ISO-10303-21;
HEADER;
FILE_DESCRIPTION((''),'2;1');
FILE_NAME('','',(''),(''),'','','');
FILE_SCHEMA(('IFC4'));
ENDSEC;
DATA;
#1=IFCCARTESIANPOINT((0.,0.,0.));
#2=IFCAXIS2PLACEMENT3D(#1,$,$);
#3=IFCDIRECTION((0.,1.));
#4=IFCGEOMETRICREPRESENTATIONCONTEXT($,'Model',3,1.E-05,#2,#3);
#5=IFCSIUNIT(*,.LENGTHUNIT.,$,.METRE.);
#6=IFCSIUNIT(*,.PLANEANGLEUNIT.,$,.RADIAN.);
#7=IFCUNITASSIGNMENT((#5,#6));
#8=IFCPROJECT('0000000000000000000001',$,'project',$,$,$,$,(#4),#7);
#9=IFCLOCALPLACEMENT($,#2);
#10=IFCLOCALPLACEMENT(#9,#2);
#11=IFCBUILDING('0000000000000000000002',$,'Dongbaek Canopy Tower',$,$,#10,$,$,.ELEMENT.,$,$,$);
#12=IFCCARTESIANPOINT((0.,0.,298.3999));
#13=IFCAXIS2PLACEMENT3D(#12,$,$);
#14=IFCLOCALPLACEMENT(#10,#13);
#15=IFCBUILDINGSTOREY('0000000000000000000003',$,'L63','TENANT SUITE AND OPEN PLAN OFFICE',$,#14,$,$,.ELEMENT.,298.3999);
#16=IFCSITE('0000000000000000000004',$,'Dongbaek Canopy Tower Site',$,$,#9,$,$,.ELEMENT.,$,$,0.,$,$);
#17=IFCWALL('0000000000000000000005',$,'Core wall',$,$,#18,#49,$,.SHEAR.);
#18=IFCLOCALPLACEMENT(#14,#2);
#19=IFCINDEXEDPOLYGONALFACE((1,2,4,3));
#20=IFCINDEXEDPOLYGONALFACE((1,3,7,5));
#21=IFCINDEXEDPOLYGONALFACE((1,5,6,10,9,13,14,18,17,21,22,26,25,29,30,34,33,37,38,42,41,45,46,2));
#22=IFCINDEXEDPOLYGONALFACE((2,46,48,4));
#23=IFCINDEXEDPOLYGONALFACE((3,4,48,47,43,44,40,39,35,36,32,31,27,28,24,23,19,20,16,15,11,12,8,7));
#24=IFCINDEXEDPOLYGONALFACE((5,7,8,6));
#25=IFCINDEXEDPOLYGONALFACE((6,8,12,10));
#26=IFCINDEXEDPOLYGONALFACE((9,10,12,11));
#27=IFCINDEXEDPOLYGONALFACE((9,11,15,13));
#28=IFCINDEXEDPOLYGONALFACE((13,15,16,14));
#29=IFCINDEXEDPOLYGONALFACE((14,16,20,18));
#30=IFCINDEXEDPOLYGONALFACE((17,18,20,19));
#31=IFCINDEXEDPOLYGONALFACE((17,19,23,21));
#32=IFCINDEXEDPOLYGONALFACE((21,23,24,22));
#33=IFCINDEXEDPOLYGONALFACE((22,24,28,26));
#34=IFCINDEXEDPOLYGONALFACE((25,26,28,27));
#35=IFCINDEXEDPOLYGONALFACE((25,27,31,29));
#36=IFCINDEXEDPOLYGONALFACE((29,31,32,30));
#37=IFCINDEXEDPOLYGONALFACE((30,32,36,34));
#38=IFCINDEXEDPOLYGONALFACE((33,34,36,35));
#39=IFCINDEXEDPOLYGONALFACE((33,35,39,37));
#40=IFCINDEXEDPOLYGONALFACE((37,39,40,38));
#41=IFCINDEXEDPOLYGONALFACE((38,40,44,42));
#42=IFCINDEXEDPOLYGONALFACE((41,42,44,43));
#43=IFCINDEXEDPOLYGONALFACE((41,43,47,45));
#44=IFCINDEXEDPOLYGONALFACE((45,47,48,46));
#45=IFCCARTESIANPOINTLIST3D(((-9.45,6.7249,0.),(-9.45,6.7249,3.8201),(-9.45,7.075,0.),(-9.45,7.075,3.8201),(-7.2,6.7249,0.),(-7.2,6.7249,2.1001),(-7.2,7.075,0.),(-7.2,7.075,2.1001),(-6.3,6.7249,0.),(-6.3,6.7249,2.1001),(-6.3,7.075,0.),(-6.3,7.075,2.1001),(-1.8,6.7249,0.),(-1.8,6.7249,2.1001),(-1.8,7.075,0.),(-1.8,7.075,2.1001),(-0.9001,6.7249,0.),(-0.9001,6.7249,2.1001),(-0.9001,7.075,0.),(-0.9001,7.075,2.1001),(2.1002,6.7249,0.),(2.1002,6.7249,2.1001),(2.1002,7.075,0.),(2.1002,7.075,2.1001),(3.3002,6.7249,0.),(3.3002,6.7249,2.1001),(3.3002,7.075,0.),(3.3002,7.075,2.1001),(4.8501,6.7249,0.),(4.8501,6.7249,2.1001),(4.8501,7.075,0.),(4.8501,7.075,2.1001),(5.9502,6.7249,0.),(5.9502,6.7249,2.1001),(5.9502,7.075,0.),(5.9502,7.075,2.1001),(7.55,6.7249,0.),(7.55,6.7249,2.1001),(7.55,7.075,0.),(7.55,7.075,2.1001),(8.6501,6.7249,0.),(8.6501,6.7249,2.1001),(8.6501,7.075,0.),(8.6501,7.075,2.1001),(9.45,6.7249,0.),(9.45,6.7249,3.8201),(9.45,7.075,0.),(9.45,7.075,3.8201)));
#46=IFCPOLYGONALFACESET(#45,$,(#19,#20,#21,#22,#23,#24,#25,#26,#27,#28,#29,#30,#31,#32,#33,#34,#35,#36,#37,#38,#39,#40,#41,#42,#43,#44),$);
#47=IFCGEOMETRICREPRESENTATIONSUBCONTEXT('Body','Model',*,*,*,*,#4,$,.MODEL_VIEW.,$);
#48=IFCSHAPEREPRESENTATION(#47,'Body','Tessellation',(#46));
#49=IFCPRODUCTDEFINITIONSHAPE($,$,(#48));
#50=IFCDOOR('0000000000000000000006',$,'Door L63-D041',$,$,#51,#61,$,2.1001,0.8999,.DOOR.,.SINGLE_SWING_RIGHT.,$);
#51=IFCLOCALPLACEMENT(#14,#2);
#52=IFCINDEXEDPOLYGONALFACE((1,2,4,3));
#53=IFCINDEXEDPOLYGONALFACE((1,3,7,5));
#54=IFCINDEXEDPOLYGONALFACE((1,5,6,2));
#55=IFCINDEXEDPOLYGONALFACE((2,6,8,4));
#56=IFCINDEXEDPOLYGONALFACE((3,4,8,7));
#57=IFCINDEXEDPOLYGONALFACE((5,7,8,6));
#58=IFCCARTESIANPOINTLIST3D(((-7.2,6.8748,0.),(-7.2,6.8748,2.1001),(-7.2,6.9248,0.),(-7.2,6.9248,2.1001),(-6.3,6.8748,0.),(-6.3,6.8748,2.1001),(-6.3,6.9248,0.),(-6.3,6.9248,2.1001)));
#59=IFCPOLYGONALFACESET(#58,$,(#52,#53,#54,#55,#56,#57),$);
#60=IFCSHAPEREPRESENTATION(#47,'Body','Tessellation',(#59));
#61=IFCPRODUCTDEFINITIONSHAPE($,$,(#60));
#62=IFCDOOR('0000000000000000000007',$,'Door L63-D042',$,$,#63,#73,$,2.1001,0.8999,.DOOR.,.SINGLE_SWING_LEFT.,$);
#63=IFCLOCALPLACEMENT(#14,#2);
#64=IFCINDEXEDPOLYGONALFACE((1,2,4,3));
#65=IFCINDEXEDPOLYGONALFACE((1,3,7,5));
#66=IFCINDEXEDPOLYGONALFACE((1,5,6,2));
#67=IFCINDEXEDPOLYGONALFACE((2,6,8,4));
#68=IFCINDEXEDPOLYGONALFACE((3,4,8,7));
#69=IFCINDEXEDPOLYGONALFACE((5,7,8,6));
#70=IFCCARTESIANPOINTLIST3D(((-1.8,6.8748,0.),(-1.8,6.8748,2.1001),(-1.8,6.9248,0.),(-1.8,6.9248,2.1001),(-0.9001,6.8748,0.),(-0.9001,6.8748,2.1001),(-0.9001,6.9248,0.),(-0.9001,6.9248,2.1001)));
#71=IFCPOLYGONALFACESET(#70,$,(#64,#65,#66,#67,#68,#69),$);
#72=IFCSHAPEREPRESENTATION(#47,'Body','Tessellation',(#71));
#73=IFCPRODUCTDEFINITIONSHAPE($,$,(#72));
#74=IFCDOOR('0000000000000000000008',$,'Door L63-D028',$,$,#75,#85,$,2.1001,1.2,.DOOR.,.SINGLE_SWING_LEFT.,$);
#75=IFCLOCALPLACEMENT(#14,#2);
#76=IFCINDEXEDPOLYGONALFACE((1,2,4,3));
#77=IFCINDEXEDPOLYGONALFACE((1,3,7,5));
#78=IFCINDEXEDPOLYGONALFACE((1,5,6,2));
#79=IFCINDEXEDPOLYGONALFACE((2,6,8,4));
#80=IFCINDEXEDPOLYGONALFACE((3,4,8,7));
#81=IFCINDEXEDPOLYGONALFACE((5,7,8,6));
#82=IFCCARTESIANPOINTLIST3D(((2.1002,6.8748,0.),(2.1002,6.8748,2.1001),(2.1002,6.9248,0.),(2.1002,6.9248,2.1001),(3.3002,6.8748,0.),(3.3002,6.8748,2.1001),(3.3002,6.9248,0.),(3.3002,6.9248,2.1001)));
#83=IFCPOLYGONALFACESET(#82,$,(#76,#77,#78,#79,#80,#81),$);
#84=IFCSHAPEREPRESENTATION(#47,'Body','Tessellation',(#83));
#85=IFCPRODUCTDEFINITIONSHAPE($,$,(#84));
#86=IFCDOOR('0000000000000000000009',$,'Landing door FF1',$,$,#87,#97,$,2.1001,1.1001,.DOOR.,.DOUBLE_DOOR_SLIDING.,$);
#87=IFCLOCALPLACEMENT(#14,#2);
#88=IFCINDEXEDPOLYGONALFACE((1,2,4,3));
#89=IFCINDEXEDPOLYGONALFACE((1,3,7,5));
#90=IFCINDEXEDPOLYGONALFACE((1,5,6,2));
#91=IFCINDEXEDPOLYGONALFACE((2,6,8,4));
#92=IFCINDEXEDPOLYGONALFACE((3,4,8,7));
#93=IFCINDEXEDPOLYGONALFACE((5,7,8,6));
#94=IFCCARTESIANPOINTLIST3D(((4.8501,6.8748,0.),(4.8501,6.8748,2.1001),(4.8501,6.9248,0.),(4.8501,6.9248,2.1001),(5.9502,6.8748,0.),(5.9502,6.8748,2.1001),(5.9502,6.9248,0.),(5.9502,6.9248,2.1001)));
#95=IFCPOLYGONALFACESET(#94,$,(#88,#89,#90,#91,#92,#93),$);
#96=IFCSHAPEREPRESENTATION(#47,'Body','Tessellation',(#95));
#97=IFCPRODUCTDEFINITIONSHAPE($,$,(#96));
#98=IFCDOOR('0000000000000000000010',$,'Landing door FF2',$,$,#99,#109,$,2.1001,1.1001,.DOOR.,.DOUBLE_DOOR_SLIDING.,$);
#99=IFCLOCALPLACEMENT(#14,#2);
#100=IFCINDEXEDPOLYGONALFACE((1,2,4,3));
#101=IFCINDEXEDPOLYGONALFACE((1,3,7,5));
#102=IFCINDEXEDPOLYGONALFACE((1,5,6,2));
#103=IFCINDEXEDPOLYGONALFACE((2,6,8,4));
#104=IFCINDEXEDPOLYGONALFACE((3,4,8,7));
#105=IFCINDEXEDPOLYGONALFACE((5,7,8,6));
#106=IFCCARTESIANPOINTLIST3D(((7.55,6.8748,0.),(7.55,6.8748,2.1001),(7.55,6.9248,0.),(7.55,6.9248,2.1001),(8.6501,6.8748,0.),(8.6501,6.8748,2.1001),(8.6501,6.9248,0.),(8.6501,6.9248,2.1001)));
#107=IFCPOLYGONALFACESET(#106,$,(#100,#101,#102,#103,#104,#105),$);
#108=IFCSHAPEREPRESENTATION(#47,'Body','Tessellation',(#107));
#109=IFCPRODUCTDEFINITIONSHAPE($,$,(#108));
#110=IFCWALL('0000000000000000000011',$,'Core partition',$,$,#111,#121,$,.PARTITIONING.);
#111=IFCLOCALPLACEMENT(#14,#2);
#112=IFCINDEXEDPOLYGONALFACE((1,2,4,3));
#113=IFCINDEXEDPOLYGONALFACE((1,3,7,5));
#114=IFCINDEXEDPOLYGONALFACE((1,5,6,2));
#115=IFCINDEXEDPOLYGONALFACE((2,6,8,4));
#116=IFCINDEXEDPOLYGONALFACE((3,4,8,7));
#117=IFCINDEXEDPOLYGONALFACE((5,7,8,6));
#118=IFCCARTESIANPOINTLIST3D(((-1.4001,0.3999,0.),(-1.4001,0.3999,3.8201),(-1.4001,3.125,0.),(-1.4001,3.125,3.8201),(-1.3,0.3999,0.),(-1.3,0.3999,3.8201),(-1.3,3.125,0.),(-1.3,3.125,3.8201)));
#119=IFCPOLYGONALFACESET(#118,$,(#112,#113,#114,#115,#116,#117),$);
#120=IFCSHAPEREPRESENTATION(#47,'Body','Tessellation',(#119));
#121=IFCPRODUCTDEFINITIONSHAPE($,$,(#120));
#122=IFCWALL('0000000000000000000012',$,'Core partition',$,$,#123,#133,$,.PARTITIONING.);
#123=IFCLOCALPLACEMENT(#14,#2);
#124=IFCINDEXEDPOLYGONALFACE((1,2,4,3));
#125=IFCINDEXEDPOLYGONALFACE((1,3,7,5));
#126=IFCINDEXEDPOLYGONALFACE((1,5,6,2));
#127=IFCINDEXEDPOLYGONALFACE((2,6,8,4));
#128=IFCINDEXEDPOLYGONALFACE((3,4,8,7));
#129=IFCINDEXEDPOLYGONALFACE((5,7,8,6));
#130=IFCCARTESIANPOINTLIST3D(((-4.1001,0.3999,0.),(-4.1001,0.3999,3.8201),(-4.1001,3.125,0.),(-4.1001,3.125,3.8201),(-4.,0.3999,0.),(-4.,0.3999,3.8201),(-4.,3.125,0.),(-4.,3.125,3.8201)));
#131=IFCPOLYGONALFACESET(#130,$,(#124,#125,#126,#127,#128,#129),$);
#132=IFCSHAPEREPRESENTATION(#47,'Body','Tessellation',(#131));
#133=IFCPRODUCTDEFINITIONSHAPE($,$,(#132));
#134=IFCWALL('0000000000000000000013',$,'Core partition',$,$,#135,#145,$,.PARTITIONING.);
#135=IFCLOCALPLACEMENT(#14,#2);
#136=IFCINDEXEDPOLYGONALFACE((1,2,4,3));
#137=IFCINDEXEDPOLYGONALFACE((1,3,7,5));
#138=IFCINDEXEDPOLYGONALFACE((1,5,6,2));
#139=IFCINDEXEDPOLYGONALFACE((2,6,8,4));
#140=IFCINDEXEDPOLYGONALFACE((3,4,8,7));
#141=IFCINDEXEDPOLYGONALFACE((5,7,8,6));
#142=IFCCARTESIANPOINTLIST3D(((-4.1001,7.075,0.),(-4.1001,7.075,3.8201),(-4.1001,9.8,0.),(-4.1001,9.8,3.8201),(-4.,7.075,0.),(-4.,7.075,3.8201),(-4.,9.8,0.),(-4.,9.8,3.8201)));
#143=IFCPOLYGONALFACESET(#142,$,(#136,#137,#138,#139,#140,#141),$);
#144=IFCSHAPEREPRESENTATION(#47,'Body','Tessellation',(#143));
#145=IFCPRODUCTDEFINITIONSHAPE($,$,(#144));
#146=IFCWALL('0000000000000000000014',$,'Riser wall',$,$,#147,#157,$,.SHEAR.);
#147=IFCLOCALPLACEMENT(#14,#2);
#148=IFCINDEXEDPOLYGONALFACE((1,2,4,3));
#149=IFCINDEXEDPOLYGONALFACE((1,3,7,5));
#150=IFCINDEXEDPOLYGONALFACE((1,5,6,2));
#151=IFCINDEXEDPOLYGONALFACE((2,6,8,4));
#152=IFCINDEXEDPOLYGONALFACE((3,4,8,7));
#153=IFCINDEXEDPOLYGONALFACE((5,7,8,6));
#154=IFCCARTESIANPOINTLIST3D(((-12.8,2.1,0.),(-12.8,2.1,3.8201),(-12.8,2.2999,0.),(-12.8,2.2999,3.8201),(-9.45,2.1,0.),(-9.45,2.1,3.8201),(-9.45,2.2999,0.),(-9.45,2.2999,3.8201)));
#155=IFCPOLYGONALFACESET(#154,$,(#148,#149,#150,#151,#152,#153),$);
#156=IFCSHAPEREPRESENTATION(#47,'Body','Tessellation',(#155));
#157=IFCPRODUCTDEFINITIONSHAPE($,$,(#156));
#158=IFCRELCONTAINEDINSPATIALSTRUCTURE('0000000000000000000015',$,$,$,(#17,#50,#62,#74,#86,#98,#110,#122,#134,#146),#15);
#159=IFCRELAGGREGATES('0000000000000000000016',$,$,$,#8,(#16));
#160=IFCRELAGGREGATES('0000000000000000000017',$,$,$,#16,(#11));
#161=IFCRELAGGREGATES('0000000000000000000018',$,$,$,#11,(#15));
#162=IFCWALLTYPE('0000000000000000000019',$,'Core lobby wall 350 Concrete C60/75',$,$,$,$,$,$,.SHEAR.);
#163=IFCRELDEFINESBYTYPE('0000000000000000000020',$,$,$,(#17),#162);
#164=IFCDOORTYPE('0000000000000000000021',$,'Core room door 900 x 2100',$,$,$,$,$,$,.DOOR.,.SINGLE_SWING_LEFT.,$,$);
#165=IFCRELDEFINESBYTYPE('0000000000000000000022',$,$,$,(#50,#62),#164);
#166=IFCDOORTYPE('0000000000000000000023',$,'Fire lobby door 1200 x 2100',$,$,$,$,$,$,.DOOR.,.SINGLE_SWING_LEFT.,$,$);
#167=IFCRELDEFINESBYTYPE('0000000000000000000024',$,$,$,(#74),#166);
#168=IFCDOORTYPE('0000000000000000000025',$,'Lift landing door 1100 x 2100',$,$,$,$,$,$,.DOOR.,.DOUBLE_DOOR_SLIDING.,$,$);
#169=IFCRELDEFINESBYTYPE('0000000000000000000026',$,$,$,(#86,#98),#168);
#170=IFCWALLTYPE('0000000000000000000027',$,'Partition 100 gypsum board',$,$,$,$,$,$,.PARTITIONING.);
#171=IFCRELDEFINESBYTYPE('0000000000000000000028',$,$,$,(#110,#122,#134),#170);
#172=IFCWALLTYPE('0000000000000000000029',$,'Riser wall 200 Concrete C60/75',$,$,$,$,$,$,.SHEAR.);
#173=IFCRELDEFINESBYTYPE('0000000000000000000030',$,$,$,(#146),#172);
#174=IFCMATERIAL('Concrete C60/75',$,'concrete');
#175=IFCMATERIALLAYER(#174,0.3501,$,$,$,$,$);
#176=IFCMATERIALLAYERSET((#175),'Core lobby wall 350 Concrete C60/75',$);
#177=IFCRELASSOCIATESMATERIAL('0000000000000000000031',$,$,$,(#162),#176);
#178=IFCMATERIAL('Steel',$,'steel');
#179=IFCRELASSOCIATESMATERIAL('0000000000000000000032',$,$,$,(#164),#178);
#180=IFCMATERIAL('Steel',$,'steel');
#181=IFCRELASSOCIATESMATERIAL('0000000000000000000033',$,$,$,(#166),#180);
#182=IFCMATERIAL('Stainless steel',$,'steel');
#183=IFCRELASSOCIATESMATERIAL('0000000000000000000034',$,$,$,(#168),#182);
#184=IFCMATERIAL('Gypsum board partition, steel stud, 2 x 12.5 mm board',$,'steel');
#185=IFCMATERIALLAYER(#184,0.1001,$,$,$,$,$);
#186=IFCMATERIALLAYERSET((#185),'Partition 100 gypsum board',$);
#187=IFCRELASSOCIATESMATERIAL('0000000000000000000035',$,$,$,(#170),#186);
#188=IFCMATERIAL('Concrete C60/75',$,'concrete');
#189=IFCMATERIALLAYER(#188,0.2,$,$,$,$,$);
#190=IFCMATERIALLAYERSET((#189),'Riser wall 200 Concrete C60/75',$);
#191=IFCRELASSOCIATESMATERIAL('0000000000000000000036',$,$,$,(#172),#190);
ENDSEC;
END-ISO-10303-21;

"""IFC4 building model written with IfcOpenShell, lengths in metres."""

from ifc_helpers import new_model, si_unit, direction, frame, frame_2d, origin, place, context, subcontext, project, spatial, rectangle, extrude, material, layer, layer_set, type_object, element, fill, save


model = new_model("IFC4")

# Units and contexts
model_context = context("Model", 3, precision=1e-05, world=origin(), true_north=direction((0.0, 1.0)))
body_context = subcontext(model_context, "Body", "Model", "MODEL_VIEW")
ifc_project = project(units=[si_unit("LENGTHUNIT", "METRE"), si_unit("PLANEANGLEUNIT", "RADIAN")], contexts=[model_context])

# Site, building, storey
site_placement = place(None, origin())
site = spatial("IfcSite", under=ifc_project, at=site_placement, Name="Dongbaek Canopy Tower Site", CompositionType="ELEMENT", RefElevation=0.0)
building_placement = place(site_placement, origin())
building = spatial("IfcBuilding", under=site, at=building_placement, Name="Dongbaek Canopy Tower", CompositionType="ELEMENT")
storey_placement = place(building_placement, frame((0.0, 0.0, 298.3999)))
storey = spatial("IfcBuildingStorey", under=building, at=storey_placement, Name="L63", Description="TENANT SUITE AND OPEN PLAN OFFICE", CompositionType="ELEMENT", Elevation=298.3999)

# Wall, openings, doors
ifc_material_1 = material(Name="Concrete C60/75", Category="concrete")
ifc_layer_1 = layer(ifc_material_1, 0.3501)
ifc_layer_set_1 = layer_set([ifc_layer_1], Name="Core lobby wall 350 Concrete C60/75")
wall_type_1 = type_object("IfcWallType", Name="Core lobby wall 350 Concrete C60/75", PredefinedType="SHEAR", material=ifc_layer_set_1)
wall_1_placement = place(storey_placement, frame((-9.45, 6.8999, 0.0), z_axis=(0.0, 0.0, 1.0), x_axis=(1.0, 0.0, 0.0)))
wall_1 = element("IfcWall", 1, at=wall_1_placement, inside=storey, type_object=wall_type_1, Name="Core wall", PredefinedType="SHEAR", context=body_context, shape_type="SweptSolid", body=[
    extrude(rectangle(XDim=18.8999, YDim=0.3501, at=frame_2d((9.45, 0.0))), origin(), (0.0, 0.0, 1.0), 3.8201),
])
opening_1_placement = place(wall_1_placement, frame((11.55, 0.0, 0.0)))
opening_1 = element("IfcOpeningElement", 2, at=opening_1_placement, cuts=wall_1, PredefinedType="OPENING", context=body_context, shape_type="SweptSolid", body=[
    extrude(rectangle(XDim=1.2, YDim=2.1001, at=frame_2d((0.6001, 1.05))), frame((0.0, 0.1851, 0.0), z_axis=(0.0, -1.0, 0.0), x_axis=(1.0, 0.0, 0.0)), (0.0, 0.0, 1.0), 0.3701),
])
opening_2_placement = place(wall_1_placement, frame((14.3, 0.0, 0.0)))
opening_2 = element("IfcOpeningElement", 3, at=opening_2_placement, cuts=wall_1, PredefinedType="OPENING", context=body_context, shape_type="SweptSolid", body=[
    extrude(rectangle(XDim=1.1001, YDim=2.1001, at=frame_2d((0.55, 1.05))), frame((0.0, 0.1851, 0.0), z_axis=(0.0, -1.0, 0.0), x_axis=(1.0, 0.0, 0.0)), (0.0, 0.0, 1.0), 0.3701),
])
opening_3_placement = place(wall_1_placement, frame((17.0, 0.0, 0.0)))
opening_3 = element("IfcOpeningElement", 4, at=opening_3_placement, cuts=wall_1, PredefinedType="OPENING", context=body_context, shape_type="SweptSolid", body=[
    extrude(rectangle(XDim=1.1001, YDim=2.1001, at=frame_2d((0.55, 1.05))), frame((0.0, 0.1851, 0.0), z_axis=(0.0, -1.0, 0.0), x_axis=(1.0, 0.0, 0.0)), (0.0, 0.0, 1.0), 0.3701),
])
opening_4_placement = place(wall_1_placement, frame((2.25, 0.0, 0.0)))
opening_4 = element("IfcOpeningElement", 5, at=opening_4_placement, cuts=wall_1, PredefinedType="OPENING", context=body_context, shape_type="SweptSolid", body=[
    extrude(rectangle(XDim=0.8999, YDim=2.1001, at=frame_2d((0.45, 1.05))), frame((0.0, 0.1851, 0.0), z_axis=(0.0, -1.0, 0.0), x_axis=(1.0, 0.0, 0.0)), (0.0, 0.0, 1.0), 0.3701),
])
opening_5_placement = place(wall_1_placement, frame((7.6499, 0.0, 0.0)))
opening_5 = element("IfcOpeningElement", 6, at=opening_5_placement, cuts=wall_1, PredefinedType="OPENING", context=body_context, shape_type="SweptSolid", body=[
    extrude(rectangle(XDim=0.8999, YDim=2.1001, at=frame_2d((0.45, 1.05))), frame((0.0, 0.1851, 0.0), z_axis=(0.0, -1.0, 0.0), x_axis=(1.0, 0.0, 0.0)), (0.0, 0.0, 1.0), 0.3701),
])
ifc_material_2 = material(Name="Steel", Category="steel")
door_type_1 = type_object("IfcDoorType", Name="Core room door 900 x 2100", OperationType="SINGLE_SWING_LEFT", PredefinedType="DOOR", material=ifc_material_2)
door_1_placement = place(opening_4_placement, origin())
door_1 = element("IfcDoor", 7, at=door_1_placement, inside=storey, type_object=door_type_1, Name="Door L63-D041", OperationType="SINGLE_SWING_RIGHT", OverallHeight=2.1001, OverallWidth=0.8999, PredefinedType="DOOR", context=body_context, shape_type="SweptSolid", body=[
    extrude(rectangle(XDim=0.8999, YDim=2.1001, at=frame_2d((0.45, 1.05))), frame((0.0, 0.0249, 0.0), z_axis=(0.0, -1.0, 0.0), x_axis=(1.0, 0.0, 0.0)), (0.0, 0.0, 1.0), 0.05),
])
fill(opening_4, door_1)
door_2_placement = place(opening_5_placement, origin())
door_2 = element("IfcDoor", 8, at=door_2_placement, inside=storey, type_object=door_type_1, Name="Door L63-D042", OperationType="SINGLE_SWING_LEFT", OverallHeight=2.1001, OverallWidth=0.8999, PredefinedType="DOOR", context=body_context, shape_type="SweptSolid", body=[
    extrude(rectangle(XDim=0.8999, YDim=2.1001, at=frame_2d((0.45, 1.05))), frame((0.0, 0.0249, 0.0), z_axis=(0.0, -1.0, 0.0), x_axis=(1.0, 0.0, 0.0)), (0.0, 0.0, 1.0), 0.05),
])
fill(opening_5, door_2)
ifc_material_3 = material(Name="Steel", Category="steel")
door_type_2 = type_object("IfcDoorType", Name="Fire lobby door 1200 x 2100", OperationType="SINGLE_SWING_LEFT", PredefinedType="DOOR", material=ifc_material_3)
door_3_placement = place(opening_1_placement, origin())
door_3 = element("IfcDoor", 9, at=door_3_placement, inside=storey, type_object=door_type_2, Name="Door L63-D028", OperationType="SINGLE_SWING_LEFT", OverallHeight=2.1001, OverallWidth=1.2, PredefinedType="DOOR", context=body_context, shape_type="SweptSolid", body=[
    extrude(rectangle(XDim=1.2, YDim=2.1001, at=frame_2d((0.6001, 1.05))), frame((0.0, 0.0249, 0.0), z_axis=(0.0, -1.0, 0.0), x_axis=(1.0, 0.0, 0.0)), (0.0, 0.0, 1.0), 0.05),
])
fill(opening_1, door_3)
ifc_material_4 = material(Name="Stainless steel", Category="steel")
door_type_3 = type_object("IfcDoorType", Name="Lift landing door 1100 x 2100", OperationType="DOUBLE_DOOR_SLIDING", PredefinedType="DOOR", material=ifc_material_4)
door_4_placement = place(opening_2_placement, origin())
door_4 = element("IfcDoor", 10, at=door_4_placement, inside=storey, type_object=door_type_3, Name="Landing door FF1", OperationType="DOUBLE_DOOR_SLIDING", OverallHeight=2.1001, OverallWidth=1.1001, PredefinedType="DOOR", context=body_context, shape_type="SweptSolid", body=[
    extrude(rectangle(XDim=1.1001, YDim=2.1001, at=frame_2d((0.55, 1.05))), frame((0.0, 0.0249, 0.0), z_axis=(0.0, -1.0, 0.0), x_axis=(1.0, 0.0, 0.0)), (0.0, 0.0, 1.0), 0.05),
])
fill(opening_2, door_4)
door_5_placement = place(opening_3_placement, origin())
door_5 = element("IfcDoor", 11, at=door_5_placement, inside=storey, type_object=door_type_3, Name="Landing door FF2", OperationType="DOUBLE_DOOR_SLIDING", OverallHeight=2.1001, OverallWidth=1.1001, PredefinedType="DOOR", context=body_context, shape_type="SweptSolid", body=[
    extrude(rectangle(XDim=1.1001, YDim=2.1001, at=frame_2d((0.55, 1.05))), frame((0.0, 0.0249, 0.0), z_axis=(0.0, -1.0, 0.0), x_axis=(1.0, 0.0, 0.0)), (0.0, 0.0, 1.0), 0.05),
])
fill(opening_3, door_5)

# Walls
ifc_material_5 = material(Name="Gypsum board partition, steel stud, 2 x 12.5 mm board", Category="steel")
ifc_layer_2 = layer(ifc_material_5, 0.1001)
ifc_layer_set_2 = layer_set([ifc_layer_2], Name="Partition 100 gypsum board")
wall_type_2 = type_object("IfcWallType", Name="Partition 100 gypsum board", PredefinedType="PARTITIONING", material=ifc_layer_set_2)
for number, where, z_axis, x_axis, name in (
    (12, (-1.3501, 0.3999, 0.0), (0.0, 0.0, 1.0), (0.0, 1.0, 0.0), "Core partition"),
    (13, (-4.05, 0.3999, 0.0), (0.0, 0.0, 1.0), (0.0, 1.0, 0.0), "Core partition"),
    (14, (-4.05, 7.075, 0.0), (0.0, 0.0, 1.0), (0.0, 1.0, 0.0), "Core partition"),
):
    element("IfcWall", number, at=place(storey_placement, frame(where, z_axis=z_axis, x_axis=x_axis)), inside=storey, type_object=wall_type_2, Name=name, PredefinedType="PARTITIONING", context=body_context, shape_type="SweptSolid", body=[
        extrude(rectangle(XDim=2.7251, YDim=0.1001, at=frame_2d((1.3625, 0.0))), origin(), (0.0, 0.0, 1.0), 3.8201),
    ])
ifc_material_6 = material(Name="Concrete C60/75", Category="concrete")
ifc_layer_3 = layer(ifc_material_6, 0.2)
ifc_layer_set_3 = layer_set([ifc_layer_3], Name="Riser wall 200 Concrete C60/75")
wall_type_3 = type_object("IfcWallType", Name="Riser wall 200 Concrete C60/75", PredefinedType="SHEAR", material=ifc_layer_set_3)
wall_2_placement = place(storey_placement, frame((-9.45, 2.2, 0.0), z_axis=(0.0, 0.0, 1.0), x_axis=(-1.0, 0.0, 0.0)))
element("IfcWall", 15, at=wall_2_placement, inside=storey, type_object=wall_type_3, Name="Riser wall", PredefinedType="SHEAR", context=body_context, shape_type="SweptSolid", body=[
    extrude(rectangle(XDim=3.3501, YDim=0.2, at=frame_2d((1.675, 0.0))), origin(), (0.0, 0.0, 1.0), 3.8201),
])

save(model, "model.ifc")
